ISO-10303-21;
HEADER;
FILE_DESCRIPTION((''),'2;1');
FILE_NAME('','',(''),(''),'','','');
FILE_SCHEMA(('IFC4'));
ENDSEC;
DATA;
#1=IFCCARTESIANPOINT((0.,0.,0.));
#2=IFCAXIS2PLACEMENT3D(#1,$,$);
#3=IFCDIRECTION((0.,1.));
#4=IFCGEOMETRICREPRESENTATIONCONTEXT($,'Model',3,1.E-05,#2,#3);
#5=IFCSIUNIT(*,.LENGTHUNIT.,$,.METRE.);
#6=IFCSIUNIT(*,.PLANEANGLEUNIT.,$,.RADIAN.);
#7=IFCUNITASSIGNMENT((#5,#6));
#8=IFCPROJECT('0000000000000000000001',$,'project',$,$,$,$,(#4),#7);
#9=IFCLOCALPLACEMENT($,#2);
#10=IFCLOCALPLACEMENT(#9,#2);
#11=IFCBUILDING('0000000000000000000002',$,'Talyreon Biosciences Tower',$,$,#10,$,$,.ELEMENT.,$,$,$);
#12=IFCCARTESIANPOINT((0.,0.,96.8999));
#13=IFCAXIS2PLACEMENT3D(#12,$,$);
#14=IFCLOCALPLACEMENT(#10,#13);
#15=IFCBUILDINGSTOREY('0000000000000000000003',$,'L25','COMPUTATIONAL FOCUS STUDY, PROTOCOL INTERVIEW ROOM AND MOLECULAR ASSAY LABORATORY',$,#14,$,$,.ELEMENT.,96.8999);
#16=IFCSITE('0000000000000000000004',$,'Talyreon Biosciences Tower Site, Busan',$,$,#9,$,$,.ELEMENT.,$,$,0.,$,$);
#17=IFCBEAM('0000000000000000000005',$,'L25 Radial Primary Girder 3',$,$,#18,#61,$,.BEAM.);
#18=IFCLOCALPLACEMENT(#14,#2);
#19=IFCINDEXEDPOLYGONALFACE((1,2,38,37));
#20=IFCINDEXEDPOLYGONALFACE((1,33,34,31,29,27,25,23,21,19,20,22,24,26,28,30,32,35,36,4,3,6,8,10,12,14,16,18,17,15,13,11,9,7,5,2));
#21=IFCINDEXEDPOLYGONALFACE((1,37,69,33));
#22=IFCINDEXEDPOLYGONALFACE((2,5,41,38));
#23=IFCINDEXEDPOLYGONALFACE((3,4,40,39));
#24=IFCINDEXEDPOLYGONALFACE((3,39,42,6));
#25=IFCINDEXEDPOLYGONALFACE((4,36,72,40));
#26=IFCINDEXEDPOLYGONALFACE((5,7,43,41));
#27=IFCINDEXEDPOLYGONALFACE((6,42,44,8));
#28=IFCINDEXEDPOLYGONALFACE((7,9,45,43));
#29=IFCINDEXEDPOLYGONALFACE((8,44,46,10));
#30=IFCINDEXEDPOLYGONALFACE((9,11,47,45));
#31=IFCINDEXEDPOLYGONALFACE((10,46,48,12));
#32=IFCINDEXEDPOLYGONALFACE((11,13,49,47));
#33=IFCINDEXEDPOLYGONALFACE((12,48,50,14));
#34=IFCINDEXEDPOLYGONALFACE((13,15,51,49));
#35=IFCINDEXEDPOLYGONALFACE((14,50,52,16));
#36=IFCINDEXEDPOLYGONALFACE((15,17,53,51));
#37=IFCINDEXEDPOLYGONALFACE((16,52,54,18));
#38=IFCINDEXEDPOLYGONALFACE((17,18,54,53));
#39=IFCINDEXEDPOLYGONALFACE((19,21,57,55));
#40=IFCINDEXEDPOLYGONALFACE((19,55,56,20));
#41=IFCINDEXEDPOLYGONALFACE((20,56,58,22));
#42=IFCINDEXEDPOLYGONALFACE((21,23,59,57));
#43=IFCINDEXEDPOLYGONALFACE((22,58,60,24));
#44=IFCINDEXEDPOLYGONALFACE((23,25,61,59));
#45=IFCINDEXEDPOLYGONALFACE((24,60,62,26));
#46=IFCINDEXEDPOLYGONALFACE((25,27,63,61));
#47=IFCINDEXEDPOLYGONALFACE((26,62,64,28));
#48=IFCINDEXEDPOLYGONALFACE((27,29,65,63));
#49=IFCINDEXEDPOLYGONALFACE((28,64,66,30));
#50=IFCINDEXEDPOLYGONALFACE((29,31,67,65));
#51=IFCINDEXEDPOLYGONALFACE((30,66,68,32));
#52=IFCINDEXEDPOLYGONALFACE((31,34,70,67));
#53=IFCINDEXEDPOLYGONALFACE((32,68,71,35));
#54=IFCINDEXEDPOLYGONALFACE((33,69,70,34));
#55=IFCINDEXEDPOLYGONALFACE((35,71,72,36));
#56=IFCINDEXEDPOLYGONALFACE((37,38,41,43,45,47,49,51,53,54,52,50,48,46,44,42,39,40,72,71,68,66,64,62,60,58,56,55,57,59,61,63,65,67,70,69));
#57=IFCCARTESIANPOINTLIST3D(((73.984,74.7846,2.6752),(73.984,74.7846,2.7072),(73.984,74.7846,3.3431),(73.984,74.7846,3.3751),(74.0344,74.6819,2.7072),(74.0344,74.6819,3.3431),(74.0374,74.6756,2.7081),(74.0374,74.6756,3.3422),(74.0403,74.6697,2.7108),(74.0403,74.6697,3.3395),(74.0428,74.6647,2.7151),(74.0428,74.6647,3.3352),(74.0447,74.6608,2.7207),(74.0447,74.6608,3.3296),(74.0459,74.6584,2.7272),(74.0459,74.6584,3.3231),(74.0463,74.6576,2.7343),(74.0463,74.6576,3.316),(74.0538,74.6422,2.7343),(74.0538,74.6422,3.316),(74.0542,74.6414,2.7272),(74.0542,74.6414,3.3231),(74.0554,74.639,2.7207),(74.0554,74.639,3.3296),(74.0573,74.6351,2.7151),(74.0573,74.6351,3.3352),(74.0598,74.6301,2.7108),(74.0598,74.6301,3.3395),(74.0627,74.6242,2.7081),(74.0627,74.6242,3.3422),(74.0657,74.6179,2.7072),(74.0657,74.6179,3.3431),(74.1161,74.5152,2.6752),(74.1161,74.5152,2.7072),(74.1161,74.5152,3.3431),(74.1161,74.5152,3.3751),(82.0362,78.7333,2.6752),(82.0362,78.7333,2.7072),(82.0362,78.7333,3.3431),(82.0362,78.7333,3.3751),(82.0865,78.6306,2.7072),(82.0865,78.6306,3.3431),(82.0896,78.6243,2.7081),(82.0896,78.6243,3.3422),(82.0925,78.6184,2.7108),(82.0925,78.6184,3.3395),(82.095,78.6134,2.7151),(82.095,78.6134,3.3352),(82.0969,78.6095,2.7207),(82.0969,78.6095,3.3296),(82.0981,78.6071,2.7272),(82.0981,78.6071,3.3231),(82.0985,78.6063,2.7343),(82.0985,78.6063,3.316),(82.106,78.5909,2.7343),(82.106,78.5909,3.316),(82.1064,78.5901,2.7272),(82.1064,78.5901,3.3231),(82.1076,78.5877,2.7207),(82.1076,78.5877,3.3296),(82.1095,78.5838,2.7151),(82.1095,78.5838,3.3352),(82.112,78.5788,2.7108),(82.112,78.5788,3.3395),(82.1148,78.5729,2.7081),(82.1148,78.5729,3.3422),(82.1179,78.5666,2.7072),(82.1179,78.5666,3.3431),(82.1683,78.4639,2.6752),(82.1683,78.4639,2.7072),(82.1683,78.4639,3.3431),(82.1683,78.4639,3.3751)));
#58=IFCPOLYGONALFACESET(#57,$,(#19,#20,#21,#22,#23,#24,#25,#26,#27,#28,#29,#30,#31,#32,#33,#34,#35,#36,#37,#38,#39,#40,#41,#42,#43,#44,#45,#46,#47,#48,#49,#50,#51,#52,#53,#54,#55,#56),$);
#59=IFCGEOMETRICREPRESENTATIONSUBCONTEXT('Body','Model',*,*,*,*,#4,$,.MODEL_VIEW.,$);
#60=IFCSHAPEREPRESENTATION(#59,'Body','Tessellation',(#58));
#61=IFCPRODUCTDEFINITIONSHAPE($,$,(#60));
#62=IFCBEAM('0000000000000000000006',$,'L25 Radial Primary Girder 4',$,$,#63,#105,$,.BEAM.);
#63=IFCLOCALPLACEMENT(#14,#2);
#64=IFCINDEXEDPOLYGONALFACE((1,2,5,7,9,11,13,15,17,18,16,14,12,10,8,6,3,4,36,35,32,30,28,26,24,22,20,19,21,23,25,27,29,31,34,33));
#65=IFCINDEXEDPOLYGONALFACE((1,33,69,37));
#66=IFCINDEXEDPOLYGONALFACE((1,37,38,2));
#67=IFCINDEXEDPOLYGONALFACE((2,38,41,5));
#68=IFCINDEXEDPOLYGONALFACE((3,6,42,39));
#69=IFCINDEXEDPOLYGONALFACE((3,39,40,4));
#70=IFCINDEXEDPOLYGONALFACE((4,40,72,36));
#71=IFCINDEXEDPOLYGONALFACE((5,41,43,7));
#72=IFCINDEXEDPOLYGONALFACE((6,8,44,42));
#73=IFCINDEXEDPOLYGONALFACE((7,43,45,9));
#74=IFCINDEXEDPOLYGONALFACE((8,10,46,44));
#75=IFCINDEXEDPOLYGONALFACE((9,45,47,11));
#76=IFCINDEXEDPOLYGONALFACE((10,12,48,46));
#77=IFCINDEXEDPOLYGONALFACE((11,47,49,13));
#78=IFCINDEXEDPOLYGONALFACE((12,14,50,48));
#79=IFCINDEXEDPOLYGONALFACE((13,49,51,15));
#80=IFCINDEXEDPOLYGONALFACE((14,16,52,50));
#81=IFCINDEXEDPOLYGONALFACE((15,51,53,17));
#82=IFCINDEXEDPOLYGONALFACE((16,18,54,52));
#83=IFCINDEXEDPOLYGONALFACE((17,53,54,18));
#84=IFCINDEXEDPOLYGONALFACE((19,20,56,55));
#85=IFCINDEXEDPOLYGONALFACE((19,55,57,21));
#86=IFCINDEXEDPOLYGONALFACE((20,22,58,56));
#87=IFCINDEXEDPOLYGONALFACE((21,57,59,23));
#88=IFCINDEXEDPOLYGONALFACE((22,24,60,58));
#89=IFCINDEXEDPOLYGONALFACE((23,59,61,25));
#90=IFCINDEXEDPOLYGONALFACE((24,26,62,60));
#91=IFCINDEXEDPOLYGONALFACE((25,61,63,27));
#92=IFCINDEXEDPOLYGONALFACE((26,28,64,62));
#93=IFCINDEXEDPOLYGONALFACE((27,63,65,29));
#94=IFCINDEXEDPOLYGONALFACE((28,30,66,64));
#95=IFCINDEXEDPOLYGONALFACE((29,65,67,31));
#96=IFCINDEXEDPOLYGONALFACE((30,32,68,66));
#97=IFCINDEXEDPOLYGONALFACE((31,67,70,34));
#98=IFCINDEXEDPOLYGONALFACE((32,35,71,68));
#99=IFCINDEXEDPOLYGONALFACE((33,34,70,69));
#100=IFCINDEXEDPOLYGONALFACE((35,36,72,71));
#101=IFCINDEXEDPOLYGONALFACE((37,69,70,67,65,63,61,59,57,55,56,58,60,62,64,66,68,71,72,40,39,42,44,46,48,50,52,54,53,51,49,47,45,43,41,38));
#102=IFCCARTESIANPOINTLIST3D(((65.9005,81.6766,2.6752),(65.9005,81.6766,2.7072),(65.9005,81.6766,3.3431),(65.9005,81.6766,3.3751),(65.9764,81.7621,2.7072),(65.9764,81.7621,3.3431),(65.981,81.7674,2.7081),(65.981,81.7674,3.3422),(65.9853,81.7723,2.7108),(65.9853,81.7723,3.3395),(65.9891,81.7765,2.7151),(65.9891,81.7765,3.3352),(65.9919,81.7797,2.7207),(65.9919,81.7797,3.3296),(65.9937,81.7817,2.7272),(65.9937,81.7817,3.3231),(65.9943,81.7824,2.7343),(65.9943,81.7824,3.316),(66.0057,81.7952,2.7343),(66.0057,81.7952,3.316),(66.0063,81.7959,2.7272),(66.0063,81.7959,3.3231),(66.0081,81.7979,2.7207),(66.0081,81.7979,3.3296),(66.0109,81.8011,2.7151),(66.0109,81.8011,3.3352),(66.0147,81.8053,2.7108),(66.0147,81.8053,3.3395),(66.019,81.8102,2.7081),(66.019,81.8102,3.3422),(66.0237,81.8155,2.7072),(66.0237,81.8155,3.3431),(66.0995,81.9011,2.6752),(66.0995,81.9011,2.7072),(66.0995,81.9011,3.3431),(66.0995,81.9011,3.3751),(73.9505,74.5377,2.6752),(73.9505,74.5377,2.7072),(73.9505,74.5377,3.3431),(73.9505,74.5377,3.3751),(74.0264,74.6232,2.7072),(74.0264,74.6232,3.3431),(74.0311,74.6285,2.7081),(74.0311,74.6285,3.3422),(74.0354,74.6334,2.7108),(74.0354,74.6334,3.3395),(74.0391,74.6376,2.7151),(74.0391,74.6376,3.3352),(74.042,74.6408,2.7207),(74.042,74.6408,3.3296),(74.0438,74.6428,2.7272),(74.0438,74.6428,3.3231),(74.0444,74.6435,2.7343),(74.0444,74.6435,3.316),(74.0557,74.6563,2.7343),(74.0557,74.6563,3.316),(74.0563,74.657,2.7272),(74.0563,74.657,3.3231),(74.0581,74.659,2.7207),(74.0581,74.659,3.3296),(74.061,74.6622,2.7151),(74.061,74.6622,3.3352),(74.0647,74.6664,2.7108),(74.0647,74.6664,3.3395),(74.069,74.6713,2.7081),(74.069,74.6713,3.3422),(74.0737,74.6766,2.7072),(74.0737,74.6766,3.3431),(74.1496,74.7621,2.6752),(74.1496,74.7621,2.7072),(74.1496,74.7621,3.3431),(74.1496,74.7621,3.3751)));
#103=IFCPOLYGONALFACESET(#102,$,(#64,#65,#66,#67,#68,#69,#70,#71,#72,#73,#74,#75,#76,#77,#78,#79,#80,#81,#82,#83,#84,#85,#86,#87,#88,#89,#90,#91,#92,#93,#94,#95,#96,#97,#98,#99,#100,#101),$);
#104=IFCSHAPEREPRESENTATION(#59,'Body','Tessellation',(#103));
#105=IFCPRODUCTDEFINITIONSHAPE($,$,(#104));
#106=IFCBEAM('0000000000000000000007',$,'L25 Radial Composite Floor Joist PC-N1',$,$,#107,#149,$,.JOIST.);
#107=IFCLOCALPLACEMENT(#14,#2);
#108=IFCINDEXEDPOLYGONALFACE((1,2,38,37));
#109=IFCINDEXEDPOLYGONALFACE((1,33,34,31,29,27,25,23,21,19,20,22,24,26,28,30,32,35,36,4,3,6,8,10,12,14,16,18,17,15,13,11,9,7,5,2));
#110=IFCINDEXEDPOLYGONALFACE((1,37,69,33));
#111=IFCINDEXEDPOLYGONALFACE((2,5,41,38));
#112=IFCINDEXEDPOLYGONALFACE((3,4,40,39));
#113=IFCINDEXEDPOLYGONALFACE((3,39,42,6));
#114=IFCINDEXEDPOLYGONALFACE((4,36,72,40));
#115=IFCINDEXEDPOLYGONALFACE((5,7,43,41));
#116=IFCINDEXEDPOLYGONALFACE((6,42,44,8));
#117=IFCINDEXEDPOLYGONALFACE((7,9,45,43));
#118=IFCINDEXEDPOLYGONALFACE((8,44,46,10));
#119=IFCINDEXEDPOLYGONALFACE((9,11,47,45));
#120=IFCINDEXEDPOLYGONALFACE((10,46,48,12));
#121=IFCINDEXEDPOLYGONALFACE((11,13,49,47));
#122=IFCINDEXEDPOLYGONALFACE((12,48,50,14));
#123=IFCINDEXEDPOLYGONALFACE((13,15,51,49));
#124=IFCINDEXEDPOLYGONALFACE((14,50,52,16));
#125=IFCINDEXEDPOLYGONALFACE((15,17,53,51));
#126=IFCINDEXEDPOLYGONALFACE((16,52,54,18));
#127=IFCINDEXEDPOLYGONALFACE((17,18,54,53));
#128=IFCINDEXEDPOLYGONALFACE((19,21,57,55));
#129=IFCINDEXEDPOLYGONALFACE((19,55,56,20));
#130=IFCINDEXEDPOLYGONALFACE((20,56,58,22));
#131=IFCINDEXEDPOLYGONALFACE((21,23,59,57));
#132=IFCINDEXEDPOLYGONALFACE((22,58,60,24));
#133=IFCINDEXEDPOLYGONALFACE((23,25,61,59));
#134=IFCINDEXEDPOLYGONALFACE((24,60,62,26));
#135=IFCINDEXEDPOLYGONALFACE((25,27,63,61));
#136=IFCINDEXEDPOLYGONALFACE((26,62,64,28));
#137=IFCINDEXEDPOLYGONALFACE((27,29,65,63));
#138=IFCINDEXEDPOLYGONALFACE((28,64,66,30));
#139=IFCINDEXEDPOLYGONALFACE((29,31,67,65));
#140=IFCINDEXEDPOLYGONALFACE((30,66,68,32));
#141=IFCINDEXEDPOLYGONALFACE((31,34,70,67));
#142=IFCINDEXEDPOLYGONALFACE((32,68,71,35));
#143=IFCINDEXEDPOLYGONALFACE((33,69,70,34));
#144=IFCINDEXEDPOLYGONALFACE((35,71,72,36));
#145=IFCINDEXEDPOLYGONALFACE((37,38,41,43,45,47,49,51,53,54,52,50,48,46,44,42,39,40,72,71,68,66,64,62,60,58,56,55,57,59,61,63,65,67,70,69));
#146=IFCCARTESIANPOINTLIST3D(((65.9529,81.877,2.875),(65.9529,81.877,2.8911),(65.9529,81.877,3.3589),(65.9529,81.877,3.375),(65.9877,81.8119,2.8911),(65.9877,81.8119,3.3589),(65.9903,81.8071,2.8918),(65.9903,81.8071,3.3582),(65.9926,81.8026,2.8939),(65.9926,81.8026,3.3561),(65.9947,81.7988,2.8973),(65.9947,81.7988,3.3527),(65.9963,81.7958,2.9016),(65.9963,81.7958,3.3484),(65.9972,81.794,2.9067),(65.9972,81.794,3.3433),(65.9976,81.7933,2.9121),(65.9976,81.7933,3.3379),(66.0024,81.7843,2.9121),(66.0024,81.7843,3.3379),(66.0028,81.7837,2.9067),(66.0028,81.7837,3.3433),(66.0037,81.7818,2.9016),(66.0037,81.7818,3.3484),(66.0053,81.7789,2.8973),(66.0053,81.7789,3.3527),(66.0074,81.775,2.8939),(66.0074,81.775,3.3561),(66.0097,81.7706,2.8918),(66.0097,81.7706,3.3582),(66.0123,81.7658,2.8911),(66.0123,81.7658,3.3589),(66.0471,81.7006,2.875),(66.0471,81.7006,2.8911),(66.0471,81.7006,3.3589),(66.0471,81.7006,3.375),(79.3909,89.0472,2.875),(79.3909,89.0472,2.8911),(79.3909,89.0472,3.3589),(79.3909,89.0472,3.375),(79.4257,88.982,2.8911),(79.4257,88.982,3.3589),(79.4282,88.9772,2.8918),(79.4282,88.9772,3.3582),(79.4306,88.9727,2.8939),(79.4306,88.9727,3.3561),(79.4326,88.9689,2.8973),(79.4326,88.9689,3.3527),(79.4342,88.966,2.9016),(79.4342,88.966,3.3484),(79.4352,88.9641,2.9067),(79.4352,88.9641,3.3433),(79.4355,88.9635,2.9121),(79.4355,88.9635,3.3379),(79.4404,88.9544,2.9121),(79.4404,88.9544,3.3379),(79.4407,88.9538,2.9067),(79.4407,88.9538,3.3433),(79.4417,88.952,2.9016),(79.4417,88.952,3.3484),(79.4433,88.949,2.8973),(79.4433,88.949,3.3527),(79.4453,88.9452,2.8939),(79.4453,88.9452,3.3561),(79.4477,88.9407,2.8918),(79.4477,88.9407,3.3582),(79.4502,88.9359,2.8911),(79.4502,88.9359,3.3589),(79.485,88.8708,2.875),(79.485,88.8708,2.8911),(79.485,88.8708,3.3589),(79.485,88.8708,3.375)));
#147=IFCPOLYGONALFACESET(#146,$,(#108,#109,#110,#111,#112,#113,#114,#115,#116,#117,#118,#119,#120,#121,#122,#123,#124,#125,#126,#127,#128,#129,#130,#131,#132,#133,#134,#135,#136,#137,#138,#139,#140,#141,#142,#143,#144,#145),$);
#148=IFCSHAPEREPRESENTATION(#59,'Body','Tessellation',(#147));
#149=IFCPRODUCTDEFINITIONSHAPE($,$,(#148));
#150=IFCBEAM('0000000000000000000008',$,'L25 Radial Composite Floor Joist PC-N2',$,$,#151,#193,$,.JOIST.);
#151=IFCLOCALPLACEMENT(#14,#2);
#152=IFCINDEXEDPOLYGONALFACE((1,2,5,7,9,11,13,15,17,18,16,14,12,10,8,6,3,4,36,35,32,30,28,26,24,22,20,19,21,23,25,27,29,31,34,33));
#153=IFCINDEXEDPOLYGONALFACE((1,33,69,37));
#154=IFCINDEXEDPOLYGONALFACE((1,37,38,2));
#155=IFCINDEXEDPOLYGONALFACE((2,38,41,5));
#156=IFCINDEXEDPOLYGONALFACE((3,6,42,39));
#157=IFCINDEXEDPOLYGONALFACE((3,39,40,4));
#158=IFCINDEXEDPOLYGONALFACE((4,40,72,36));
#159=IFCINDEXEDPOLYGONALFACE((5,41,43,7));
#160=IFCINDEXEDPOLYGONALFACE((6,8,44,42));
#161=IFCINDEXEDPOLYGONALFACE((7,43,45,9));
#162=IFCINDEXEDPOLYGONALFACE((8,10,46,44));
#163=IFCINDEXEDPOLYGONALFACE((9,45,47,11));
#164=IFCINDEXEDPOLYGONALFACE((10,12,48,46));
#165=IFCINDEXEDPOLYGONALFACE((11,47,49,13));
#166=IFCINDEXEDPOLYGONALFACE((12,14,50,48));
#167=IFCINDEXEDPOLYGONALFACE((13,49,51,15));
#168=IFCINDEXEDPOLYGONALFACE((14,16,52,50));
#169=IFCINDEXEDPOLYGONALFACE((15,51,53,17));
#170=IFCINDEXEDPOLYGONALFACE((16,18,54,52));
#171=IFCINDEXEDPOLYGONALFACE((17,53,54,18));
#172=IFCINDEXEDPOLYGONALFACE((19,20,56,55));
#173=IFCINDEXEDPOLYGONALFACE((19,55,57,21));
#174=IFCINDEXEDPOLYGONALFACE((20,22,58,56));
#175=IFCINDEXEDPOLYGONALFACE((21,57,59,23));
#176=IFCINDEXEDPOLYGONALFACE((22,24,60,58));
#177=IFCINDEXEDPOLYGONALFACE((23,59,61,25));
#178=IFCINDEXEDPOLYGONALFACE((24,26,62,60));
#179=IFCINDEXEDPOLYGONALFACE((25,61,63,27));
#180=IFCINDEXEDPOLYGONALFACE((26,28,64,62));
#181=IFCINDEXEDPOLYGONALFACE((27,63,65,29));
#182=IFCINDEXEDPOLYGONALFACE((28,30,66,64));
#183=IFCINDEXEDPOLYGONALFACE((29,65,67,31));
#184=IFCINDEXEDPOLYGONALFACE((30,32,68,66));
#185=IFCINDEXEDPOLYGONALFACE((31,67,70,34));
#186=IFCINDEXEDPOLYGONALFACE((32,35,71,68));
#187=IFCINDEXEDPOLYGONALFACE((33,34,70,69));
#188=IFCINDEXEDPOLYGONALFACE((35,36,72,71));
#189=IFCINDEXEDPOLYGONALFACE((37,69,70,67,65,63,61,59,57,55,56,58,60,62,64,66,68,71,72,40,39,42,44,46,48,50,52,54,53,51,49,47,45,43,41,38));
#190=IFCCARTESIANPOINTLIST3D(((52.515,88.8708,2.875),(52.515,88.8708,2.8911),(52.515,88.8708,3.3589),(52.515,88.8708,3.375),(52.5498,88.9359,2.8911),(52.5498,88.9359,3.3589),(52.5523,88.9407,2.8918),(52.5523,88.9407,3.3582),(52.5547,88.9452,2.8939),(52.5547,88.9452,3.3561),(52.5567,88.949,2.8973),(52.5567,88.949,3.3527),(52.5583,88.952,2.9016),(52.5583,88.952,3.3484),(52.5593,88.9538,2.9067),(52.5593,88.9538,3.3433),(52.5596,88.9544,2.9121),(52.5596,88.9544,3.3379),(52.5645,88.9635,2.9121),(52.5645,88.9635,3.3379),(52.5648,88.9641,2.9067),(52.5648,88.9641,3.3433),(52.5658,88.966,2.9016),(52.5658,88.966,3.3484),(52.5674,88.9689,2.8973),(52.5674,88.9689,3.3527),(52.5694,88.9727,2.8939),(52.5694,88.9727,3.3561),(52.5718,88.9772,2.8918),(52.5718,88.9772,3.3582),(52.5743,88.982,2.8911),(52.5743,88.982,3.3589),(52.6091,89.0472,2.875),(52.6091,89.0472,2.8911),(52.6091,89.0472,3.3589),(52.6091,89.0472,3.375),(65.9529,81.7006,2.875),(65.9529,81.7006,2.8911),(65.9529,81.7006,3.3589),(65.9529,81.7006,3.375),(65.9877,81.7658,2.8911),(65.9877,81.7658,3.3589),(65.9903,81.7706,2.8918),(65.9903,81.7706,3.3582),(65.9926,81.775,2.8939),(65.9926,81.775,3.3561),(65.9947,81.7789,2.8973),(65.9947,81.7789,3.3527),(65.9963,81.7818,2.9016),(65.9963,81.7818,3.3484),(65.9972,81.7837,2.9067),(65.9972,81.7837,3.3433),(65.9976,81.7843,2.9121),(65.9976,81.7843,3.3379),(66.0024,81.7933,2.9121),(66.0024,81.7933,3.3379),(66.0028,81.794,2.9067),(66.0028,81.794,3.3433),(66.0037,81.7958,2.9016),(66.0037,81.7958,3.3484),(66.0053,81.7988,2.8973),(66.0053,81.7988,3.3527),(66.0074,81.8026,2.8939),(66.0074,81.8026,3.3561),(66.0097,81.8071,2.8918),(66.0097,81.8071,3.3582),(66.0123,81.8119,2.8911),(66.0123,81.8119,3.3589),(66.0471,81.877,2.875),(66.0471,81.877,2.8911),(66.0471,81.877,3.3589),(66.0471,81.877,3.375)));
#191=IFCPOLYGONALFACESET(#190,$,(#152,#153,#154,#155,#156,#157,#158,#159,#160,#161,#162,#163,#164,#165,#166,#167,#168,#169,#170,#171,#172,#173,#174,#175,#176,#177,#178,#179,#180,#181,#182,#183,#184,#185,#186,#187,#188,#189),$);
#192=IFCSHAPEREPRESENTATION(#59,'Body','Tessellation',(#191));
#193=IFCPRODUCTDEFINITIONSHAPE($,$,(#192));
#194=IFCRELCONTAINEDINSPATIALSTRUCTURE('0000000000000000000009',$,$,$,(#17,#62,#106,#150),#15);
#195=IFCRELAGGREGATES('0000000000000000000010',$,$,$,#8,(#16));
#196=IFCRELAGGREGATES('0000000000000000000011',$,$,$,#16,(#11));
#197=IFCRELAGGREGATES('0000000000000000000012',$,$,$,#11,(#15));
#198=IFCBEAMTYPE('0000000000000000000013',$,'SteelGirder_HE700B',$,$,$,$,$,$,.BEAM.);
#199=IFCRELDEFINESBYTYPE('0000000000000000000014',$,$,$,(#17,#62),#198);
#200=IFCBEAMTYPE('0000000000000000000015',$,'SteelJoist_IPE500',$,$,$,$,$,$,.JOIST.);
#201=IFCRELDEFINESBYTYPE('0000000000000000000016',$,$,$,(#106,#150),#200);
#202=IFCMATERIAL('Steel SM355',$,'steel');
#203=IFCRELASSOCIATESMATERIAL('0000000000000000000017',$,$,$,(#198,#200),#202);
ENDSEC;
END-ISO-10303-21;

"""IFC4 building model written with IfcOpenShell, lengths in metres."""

from ifc_helpers import new_model, si_unit, direction, frame, origin, origin_2d, place, context, subcontext, project, spatial, i_section, extrude, material, material_profile, profile_set, type_object, element, save


model = new_model("IFC4")

# Units and contexts
model_context = context("Model", 3, precision=1e-05, world=origin(), true_north=direction((0.0, 1.0)))
body_context = subcontext(model_context, "Body", "Model", "MODEL_VIEW")
ifc_project = project(units=[si_unit("LENGTHUNIT", "METRE"), si_unit("PLANEANGLEUNIT", "RADIAN")], contexts=[model_context])

# Site, building, storey
site_placement = place(None, origin())
site = spatial("IfcSite", under=ifc_project, at=site_placement, Name="Talyreon Biosciences Tower Site, Busan", CompositionType="ELEMENT", RefElevation=0.0)
building_placement = place(site_placement, origin())
building = spatial("IfcBuilding", under=site, at=building_placement, Name="Talyreon Biosciences Tower", CompositionType="ELEMENT")
storey_placement = place(building_placement, frame((0.0, 0.0, 96.8999)))
storey = spatial("IfcBuildingStorey", under=building, at=storey_placement, Name="L25", Description="COMPUTATIONAL FOCUS STUDY, PROTOCOL INTERVIEW ROOM AND MOLECULAR ASSAY LABORATORY", CompositionType="ELEMENT", Elevation=96.8999)

# Beams
ifc_material_1 = material(Name="Steel SM355", Category="steel")
ifc_material_profile_1 = material_profile(ifc_material_1, i_section(OverallWidth=0.3, OverallDepth=0.7, WebThickness=0.0171, FlangeThickness=0.032, FilletRadius=0.0271, at=origin_2d()), Name="HE700B")
ifc_profile_set_1 = profile_set([ifc_material_profile_1], Name="Steel SM355")
beam_type_1 = type_object("IfcBeamType", Name="SteelGirder_HE700B", PredefinedType="BEAM", material=ifc_profile_set_1)
beam_1_placement = place(storey_placement, frame((74.05, 74.6499, 3.0251), z_axis=(0.897852, 0.440297, 0.0), x_axis=(-0.440297, 0.897852, 0.0)))
element("IfcBeam", 1, at=beam_1_placement, inside=storey, type_object=beam_type_1, Name="L25 Radial Primary Girder 3", PredefinedType="BEAM", context=body_context, shape_type="SweptSolid", body=[
    extrude(i_section(OverallWidth=0.3, OverallDepth=0.7, WebThickness=0.0171, FlangeThickness=0.032, FilletRadius=0.0271, at=origin_2d()), origin(), (0.0, 0.0, 1.0), 8.9683),
])
beam_2_placement = place(storey_placement, frame((74.05, 74.6499, 3.0251), z_axis=(-0.748179, 0.663497, 0.0), x_axis=(-0.663497, -0.748179, 0.0)))
element("IfcBeam", 2, at=beam_2_placement, inside=storey, type_object=beam_type_1, Name="L25 Radial Primary Girder 4", PredefinedType="BEAM", context=body_context, shape_type="SweptSolid", body=[
    extrude(i_section(OverallWidth=0.3, OverallDepth=0.7, WebThickness=0.0171, FlangeThickness=0.032, FilletRadius=0.0271, at=origin_2d()), origin(), (0.0, 0.0, 1.0), 10.7595),
])
ifc_material_profile_2 = material_profile(ifc_material_1, i_section(OverallWidth=0.2, OverallDepth=0.5, WebThickness=0.0103, FlangeThickness=0.0161, FilletRadius=0.021, at=origin_2d()), Name="IPE500")
ifc_profile_set_2 = profile_set([ifc_material_profile_2], Name="Steel SM355")
beam_type_2 = type_object("IfcBeamType", Name="SteelJoist_IPE500", PredefinedType="JOIST", material=ifc_profile_set_2)
for number, where, z_axis, x_axis, name in (
    (3, (66.0, 81.7888, 3.125), (0.882265, 0.470754, 0.0), (-0.470754, 0.882265, 0.0), "L25 Radial Composite Floor Joist PC-N1"),
    (4, (66.0, 81.7888, 3.125), (-0.882265, 0.470754, 0.0), (-0.470754, -0.882265, 0.0), "L25 Radial Composite Floor Joist PC-N2"),
):
    element("IfcBeam", number, at=place(storey_placement, frame(where, z_axis=z_axis, x_axis=x_axis)), inside=storey, type_object=beam_type_2, Name=name, PredefinedType="JOIST", context=body_context, shape_type="SweptSolid", body=[
        extrude(i_section(OverallWidth=0.2, OverallDepth=0.5, WebThickness=0.0103, FlangeThickness=0.0161, FilletRadius=0.021, at=origin_2d()), origin(), (0.0, 0.0, 1.0), 15.2312),
    ])

save(model, "model.ifc")
